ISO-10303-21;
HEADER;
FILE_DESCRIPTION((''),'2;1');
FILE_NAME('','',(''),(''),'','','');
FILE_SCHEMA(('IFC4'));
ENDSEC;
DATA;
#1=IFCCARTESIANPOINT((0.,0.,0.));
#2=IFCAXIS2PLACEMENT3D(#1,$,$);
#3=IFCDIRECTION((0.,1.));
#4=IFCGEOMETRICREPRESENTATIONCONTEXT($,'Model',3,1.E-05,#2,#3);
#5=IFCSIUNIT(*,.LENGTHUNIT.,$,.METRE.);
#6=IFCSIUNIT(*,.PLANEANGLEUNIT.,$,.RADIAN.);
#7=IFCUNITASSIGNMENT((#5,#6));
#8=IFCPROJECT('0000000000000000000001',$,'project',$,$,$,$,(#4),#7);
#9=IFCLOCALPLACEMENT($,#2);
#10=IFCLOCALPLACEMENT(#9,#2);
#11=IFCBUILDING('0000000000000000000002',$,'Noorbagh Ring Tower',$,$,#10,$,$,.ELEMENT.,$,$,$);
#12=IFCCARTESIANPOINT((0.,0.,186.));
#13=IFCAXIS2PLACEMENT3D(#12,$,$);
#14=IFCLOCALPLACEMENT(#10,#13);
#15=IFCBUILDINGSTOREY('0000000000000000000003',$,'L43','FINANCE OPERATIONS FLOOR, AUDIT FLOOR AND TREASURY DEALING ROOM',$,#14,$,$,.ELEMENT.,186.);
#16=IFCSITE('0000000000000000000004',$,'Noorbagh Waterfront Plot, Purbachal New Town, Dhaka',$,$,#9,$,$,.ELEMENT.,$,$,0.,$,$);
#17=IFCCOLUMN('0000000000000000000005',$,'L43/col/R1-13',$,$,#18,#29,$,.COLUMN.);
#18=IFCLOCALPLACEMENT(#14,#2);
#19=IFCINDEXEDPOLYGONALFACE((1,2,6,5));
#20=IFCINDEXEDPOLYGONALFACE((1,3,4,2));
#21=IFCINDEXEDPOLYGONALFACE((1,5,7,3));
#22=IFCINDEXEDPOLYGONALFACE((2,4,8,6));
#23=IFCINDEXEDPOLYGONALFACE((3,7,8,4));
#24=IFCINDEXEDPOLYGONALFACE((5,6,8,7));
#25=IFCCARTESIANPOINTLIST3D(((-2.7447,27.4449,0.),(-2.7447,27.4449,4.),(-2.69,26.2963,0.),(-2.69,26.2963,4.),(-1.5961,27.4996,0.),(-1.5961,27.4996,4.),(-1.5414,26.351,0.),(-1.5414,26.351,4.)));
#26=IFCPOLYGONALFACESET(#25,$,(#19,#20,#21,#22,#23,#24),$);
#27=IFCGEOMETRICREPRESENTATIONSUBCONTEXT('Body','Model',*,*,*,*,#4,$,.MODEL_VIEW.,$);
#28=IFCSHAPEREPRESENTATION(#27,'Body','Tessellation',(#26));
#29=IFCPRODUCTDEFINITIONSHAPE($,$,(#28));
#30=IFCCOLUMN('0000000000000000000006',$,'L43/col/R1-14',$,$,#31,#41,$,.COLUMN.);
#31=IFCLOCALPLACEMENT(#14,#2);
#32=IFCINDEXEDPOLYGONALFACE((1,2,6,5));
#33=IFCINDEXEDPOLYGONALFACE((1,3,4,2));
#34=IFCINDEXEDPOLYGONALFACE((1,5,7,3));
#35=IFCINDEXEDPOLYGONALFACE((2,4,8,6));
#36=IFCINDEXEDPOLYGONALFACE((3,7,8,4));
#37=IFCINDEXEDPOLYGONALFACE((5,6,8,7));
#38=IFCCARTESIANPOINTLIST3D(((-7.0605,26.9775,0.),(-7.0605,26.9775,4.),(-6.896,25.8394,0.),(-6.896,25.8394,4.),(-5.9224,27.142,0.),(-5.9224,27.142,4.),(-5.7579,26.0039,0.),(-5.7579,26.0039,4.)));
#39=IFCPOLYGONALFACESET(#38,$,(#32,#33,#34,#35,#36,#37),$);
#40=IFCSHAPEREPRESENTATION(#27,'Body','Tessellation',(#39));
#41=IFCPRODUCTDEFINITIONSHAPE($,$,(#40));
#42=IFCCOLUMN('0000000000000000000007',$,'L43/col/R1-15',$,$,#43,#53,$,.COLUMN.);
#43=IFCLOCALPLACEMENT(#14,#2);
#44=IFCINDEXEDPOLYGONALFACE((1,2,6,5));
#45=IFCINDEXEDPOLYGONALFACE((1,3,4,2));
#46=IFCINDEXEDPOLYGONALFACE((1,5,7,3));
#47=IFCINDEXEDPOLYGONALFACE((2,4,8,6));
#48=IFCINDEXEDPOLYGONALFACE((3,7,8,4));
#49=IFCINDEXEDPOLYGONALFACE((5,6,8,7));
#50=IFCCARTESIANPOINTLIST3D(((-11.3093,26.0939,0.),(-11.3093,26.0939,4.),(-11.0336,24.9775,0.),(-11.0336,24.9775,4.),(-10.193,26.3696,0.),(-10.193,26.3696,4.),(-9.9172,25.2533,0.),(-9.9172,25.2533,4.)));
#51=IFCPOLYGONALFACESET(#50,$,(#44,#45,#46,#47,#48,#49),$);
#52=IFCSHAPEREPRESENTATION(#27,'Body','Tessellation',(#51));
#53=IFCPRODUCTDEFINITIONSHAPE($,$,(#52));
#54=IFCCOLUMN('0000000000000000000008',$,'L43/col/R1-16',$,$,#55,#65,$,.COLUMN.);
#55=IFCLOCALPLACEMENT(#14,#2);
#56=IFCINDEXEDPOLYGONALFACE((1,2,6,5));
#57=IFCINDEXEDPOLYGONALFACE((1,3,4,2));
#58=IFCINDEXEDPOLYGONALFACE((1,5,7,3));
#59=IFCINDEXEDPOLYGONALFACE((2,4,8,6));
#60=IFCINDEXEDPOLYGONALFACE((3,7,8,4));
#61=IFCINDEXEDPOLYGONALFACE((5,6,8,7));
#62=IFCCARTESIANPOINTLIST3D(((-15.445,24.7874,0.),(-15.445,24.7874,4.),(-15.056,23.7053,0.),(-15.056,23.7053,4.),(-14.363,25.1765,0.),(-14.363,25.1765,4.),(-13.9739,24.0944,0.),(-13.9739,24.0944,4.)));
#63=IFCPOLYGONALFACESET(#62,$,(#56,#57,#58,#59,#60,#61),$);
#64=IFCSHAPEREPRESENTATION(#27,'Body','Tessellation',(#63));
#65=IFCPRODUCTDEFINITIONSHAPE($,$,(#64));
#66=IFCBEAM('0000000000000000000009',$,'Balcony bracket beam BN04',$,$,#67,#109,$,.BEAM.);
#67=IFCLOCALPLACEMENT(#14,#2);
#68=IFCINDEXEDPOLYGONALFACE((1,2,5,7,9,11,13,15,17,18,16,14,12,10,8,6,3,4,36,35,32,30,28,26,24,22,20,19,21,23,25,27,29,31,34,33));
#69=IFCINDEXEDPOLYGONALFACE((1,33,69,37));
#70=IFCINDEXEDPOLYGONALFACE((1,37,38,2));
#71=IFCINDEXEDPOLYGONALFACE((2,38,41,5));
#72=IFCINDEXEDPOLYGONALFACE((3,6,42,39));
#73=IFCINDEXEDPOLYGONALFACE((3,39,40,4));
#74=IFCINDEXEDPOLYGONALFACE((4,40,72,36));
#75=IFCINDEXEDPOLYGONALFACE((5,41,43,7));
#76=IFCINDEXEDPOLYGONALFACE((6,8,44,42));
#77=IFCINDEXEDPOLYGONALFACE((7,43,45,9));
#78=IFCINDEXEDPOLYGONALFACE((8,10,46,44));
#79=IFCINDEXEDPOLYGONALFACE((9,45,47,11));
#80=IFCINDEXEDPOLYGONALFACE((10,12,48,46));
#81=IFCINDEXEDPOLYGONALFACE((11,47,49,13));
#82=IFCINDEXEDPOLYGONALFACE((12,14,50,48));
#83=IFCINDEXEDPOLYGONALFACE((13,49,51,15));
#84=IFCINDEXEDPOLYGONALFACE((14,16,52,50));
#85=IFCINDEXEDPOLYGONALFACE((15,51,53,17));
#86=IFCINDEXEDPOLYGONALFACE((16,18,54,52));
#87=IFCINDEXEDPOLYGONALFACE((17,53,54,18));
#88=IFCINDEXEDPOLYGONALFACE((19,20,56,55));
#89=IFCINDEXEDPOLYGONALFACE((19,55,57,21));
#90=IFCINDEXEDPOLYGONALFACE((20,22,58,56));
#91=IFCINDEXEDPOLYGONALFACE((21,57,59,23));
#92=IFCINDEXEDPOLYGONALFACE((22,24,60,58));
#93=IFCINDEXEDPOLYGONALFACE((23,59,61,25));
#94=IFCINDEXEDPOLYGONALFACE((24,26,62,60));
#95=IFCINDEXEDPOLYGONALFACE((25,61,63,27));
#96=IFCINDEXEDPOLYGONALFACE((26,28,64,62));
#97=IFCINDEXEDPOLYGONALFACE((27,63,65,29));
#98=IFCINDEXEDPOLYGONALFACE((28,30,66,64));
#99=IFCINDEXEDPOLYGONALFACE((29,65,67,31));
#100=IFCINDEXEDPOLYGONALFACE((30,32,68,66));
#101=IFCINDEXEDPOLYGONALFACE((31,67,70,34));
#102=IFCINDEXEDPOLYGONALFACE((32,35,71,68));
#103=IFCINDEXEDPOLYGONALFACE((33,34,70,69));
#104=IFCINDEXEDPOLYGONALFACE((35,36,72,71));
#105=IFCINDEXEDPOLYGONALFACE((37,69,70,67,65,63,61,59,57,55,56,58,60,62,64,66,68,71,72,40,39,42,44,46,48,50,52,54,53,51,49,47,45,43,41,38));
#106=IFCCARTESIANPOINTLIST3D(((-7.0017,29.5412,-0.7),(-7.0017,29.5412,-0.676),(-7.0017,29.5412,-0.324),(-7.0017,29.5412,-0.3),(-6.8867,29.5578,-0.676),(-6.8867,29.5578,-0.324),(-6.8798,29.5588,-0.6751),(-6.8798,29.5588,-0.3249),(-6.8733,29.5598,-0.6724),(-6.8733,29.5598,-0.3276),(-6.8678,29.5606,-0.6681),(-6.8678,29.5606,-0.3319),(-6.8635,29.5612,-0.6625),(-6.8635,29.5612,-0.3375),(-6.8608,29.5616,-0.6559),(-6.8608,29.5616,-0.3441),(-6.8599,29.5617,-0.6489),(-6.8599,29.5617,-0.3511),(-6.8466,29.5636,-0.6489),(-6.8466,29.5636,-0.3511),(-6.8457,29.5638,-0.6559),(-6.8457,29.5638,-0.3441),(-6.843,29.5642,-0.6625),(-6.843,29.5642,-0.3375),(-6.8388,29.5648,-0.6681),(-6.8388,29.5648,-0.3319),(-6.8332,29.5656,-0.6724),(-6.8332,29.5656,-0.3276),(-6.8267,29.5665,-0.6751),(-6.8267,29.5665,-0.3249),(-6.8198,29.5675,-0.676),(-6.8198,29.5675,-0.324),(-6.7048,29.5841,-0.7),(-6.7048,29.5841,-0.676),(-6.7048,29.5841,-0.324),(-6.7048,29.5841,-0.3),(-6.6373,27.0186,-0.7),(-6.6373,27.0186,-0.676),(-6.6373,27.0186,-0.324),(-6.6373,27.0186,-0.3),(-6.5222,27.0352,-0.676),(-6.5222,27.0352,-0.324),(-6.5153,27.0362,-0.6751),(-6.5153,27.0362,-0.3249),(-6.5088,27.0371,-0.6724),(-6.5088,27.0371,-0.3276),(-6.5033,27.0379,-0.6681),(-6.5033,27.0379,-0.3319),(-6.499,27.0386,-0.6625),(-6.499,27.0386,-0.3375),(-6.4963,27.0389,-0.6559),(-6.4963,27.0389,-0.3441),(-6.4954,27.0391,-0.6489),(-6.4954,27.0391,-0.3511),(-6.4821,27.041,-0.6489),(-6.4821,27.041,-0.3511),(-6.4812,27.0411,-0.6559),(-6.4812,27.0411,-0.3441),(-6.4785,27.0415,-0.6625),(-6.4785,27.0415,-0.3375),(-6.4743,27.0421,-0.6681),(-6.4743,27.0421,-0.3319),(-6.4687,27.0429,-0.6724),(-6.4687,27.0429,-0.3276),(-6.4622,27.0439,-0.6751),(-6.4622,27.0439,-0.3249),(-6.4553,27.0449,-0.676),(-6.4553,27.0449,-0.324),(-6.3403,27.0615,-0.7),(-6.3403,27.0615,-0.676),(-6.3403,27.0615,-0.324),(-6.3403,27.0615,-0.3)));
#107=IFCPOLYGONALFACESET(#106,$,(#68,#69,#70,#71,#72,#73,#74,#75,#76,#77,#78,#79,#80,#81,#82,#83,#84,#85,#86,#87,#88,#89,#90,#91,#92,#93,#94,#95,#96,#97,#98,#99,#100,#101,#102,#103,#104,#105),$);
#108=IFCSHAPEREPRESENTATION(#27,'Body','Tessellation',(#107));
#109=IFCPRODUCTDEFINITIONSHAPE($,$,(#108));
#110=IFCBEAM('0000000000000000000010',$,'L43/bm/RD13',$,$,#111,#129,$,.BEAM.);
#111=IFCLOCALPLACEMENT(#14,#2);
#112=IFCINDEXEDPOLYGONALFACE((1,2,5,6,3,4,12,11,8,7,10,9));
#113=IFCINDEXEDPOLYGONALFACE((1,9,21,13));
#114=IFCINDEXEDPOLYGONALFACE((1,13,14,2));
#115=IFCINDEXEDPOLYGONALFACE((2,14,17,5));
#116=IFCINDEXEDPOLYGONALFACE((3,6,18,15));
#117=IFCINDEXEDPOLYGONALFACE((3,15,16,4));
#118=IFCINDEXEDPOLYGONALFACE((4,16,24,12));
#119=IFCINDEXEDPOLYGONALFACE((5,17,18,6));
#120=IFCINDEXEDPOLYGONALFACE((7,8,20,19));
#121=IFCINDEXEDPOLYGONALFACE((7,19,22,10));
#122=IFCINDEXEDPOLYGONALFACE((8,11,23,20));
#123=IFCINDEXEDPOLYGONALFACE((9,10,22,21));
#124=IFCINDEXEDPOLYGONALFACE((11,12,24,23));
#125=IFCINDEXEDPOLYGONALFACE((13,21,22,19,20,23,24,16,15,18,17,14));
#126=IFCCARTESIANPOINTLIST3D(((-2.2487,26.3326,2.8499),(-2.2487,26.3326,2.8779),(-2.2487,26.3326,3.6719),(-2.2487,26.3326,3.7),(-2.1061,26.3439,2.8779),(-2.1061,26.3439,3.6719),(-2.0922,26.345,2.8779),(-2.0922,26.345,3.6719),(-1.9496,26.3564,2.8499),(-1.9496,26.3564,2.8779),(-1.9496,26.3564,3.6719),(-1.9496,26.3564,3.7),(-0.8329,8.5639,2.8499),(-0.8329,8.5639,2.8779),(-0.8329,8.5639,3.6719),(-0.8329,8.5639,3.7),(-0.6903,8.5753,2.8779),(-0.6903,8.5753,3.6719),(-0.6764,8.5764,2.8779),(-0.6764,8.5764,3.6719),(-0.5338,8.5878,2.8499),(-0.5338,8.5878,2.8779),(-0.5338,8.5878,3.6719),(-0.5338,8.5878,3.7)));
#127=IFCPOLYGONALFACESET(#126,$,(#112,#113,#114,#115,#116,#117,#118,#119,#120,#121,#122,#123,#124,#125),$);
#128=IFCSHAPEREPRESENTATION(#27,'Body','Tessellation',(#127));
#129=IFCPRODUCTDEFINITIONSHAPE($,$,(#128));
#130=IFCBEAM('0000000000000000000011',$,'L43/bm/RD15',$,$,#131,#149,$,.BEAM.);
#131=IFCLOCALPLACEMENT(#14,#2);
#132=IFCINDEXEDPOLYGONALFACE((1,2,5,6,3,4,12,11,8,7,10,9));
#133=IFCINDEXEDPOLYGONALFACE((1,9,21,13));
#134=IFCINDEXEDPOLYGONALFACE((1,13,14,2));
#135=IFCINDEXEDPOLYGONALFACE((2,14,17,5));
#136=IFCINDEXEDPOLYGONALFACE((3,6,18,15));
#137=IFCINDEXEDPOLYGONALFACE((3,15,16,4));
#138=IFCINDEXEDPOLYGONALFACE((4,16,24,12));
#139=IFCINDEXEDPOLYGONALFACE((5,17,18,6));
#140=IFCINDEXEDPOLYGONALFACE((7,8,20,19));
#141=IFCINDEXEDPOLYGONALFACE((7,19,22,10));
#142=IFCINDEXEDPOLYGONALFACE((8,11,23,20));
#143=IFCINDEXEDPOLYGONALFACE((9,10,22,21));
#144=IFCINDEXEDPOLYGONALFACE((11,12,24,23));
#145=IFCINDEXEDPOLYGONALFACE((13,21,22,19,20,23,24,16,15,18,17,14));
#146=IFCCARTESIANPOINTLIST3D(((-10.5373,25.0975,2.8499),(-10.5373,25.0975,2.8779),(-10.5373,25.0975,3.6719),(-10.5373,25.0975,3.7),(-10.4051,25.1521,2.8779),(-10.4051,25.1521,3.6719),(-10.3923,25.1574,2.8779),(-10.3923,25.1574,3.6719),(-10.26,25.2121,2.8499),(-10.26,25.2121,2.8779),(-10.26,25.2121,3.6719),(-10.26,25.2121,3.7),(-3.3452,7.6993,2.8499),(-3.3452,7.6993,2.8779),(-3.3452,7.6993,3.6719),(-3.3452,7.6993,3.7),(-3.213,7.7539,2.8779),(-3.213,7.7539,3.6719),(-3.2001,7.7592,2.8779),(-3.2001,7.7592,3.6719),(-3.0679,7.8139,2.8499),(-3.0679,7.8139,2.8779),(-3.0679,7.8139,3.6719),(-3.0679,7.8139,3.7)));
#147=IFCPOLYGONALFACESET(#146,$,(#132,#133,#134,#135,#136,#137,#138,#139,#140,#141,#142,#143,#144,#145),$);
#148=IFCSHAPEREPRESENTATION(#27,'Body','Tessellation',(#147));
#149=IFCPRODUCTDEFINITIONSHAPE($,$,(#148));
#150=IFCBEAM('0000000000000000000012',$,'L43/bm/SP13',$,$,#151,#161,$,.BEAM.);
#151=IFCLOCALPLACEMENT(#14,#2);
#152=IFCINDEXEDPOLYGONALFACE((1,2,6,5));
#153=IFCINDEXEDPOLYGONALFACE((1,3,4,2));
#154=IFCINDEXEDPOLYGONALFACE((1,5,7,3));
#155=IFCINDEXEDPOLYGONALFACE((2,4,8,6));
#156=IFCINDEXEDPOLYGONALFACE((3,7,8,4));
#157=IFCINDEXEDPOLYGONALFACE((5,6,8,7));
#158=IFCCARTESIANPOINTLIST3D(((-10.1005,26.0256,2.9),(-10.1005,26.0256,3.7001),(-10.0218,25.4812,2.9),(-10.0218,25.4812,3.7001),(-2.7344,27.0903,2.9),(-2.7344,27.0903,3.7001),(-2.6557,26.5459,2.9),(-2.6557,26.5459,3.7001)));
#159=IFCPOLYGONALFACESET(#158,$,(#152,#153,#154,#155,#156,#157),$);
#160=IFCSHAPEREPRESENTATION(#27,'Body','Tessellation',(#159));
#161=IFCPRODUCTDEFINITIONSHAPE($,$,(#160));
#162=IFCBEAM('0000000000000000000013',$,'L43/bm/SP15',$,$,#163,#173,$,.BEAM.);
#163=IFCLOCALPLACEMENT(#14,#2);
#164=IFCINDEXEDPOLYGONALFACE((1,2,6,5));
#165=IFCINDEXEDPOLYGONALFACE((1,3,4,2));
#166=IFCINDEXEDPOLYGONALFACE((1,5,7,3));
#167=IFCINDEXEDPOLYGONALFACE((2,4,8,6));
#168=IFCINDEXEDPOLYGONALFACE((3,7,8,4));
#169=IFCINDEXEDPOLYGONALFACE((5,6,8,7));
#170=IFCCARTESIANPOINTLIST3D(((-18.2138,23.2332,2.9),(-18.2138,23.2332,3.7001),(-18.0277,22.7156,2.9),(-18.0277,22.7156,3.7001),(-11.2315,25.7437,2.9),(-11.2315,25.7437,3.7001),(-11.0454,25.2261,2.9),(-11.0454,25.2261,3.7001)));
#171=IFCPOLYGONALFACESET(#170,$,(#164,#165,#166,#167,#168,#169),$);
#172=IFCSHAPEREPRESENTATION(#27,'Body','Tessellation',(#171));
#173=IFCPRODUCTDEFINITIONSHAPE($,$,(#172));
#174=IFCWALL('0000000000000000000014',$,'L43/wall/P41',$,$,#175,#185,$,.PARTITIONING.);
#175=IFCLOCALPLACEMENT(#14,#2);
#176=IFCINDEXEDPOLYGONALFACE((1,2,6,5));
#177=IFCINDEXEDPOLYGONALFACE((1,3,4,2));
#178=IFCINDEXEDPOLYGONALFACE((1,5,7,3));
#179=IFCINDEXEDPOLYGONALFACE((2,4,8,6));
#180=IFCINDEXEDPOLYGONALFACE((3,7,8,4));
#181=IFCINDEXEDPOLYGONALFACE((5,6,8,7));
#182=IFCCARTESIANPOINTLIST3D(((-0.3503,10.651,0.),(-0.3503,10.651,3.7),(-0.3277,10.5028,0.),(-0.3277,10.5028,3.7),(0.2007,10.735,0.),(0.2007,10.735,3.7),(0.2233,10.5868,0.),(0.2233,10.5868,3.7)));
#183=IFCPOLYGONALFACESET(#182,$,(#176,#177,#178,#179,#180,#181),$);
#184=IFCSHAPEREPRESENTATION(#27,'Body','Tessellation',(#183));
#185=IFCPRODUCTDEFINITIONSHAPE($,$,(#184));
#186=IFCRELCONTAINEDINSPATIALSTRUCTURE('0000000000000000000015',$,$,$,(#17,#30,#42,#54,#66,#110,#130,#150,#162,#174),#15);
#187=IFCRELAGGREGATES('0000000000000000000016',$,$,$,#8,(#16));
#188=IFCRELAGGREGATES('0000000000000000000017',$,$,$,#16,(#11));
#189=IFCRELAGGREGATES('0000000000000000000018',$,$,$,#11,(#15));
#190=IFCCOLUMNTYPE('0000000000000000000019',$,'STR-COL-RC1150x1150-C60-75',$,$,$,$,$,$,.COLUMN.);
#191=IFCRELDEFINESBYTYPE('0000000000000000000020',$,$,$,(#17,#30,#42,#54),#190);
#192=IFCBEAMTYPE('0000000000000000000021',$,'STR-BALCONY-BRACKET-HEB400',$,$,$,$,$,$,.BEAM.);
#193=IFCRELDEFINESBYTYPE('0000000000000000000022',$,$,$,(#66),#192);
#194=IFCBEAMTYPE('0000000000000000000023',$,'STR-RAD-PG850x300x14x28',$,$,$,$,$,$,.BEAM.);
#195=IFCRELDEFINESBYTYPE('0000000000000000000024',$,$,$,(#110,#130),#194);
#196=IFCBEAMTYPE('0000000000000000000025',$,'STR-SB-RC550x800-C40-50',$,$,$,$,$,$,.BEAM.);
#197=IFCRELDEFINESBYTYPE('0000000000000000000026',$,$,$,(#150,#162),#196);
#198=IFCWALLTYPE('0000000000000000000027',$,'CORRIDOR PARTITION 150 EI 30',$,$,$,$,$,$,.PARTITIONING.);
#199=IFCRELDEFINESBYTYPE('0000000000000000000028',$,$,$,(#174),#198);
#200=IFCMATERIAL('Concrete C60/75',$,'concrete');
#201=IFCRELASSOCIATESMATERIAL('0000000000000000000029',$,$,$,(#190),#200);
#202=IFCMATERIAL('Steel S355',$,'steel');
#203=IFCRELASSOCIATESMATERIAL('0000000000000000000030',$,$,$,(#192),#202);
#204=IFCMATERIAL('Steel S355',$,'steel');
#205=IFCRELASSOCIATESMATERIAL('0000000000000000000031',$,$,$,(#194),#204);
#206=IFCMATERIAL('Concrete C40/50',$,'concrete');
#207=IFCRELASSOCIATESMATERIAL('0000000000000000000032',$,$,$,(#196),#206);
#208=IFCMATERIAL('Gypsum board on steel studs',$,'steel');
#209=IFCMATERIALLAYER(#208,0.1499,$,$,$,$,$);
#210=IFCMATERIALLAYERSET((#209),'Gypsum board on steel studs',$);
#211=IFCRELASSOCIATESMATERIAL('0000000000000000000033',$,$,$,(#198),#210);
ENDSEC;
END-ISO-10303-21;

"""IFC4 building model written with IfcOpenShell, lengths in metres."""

from ifc_helpers import new_model, si_unit, direction, frame, frame_2d, origin, origin_2d, place, context, subcontext, project, spatial, rectangle, i_section, extrude, material, layer, layer_set, material_profile, profile_set, type_object, element, save


model = new_model("IFC4")

# Units and contexts
model_context = context("Model", 3, precision=1e-05, world=origin(), true_north=direction((0.0, 1.0)))
body_context = subcontext(model_context, "Body", "Model", "MODEL_VIEW")
ifc_project = project(units=[si_unit("LENGTHUNIT", "METRE"), si_unit("PLANEANGLEUNIT", "RADIAN")], contexts=[model_context])

# Site, building, storey
site_placement = place(None, origin())
site = spatial("IfcSite", under=ifc_project, at=site_placement, Name="Noorbagh Waterfront Plot, Purbachal New Town, Dhaka", CompositionType="ELEMENT", RefElevation=0.0)
building_placement = place(site_placement, origin())
building = spatial("IfcBuilding", under=site, at=building_placement, Name="Noorbagh Ring Tower", CompositionType="ELEMENT")
storey_placement = place(building_placement, frame((0.0, 0.0, 186.0)))
storey = spatial("IfcBuildingStorey", under=building, at=storey_placement, Name="L43", Description="FINANCE OPERATIONS FLOOR, AUDIT FLOOR AND TREASURY DEALING ROOM", CompositionType="ELEMENT", Elevation=186.0)

# Columns
ifc_material_1 = material(Name="Concrete C60/75", Category="concrete")
ifc_material_profile_1 = material_profile(ifc_material_1, rectangle(XDim=1.1499, YDim=1.1499, at=origin_2d()), Name="RC1150x1150")
ifc_profile_set_1 = profile_set([ifc_material_profile_1], Name="Concrete C60/75")
column_type = type_object("IfcColumnType", Name="STR-COL-RC1150x1150-C60-75", PredefinedType="COLUMN", material=ifc_profile_set_1)
for number, where, z_axis, x_axis, name in (
    (1, (-2.1431, 26.8979, 0.0), (0.0, 0.0, 1.0), (-0.998869, -0.047553, 0.0), "L43/col/R1-13"),
    (2, (-6.4092, 26.4907, 0.0), (0.0, 0.0, 1.0), (-0.989713, -0.143066, 0.0), "L43/col/R1-14"),
    (3, (-10.6133, 25.6736, 0.0), (0.0, 0.0, 1.0), (-0.970829, -0.239771, 0.0), "L43/col/R1-15"),
    (4, (-14.7095, 24.4409, 0.0), (0.0, 0.0, 1.0), (-0.941025, -0.338338, 0.0), "L43/col/R1-16"),
):
    element("IfcColumn", number, at=place(storey_placement, frame(where, z_axis=z_axis, x_axis=x_axis)), inside=storey, type_object=column_type, Name=name, PredefinedType="COLUMN", context=body_context, shape_type="SweptSolid", body=[
        extrude(rectangle(XDim=1.1499, YDim=1.1499, at=origin_2d()), origin(), (0.0, 0.0, 1.0), 4.0),
    ])

# Beams
ifc_material_2 = material(Name="Steel S355", Category="steel")
ifc_material_profile_2 = material_profile(ifc_material_2, i_section(OverallWidth=0.3, OverallDepth=0.3999, WebThickness=0.0134, FlangeThickness=0.0239, FilletRadius=0.0271, at=origin_2d()), Name="HEB400")
ifc_profile_set_2 = profile_set([ifc_material_profile_2], Name="Steel S355")
beam_type_1 = type_object("IfcBeamType", Name="STR-BALCONY-BRACKET-HEB400", PredefinedType="BEAM", material=ifc_profile_set_2)
beam_1_placement = place(storey_placement, frame((-6.4888, 27.04, -0.5), z_axis=(-0.143004, 0.989722, 0.0), x_axis=(-0.989722, -0.143004, 0.0)))
element("IfcBeam", 5, at=beam_1_placement, inside=storey, type_object=beam_type_1, Name="Balcony bracket beam BN04", PredefinedType="BEAM", context=body_context, shape_type="SweptSolid", body=[
    extrude(i_section(OverallWidth=0.3, OverallDepth=0.3999, WebThickness=0.0134, FlangeThickness=0.0239, FilletRadius=0.0271, at=origin_2d()), origin(), (0.0, 0.0, 1.0), 2.5488),
])
ifc_material_3 = material(Name="Steel S355", Category="steel")
ifc_material_profile_3 = material_profile(ifc_material_3, i_section(OverallWidth=0.3, OverallDepth=0.8501, WebThickness=0.0139, FlangeThickness=0.0281, at=origin_2d()), Name="PG850x300x14x28")
ifc_profile_set_3 = profile_set([ifc_material_profile_3], Name="Steel S355")
beam_type_2 = type_object("IfcBeamType", Name="STR-RAD-PG850x300x14x28", PredefinedType="BEAM", material=ifc_profile_set_3)
beam_2_placement = place(storey_placement, frame((-2.0991, 26.3445, 3.2749), z_axis=(0.079427, -0.996841, 0.0), x_axis=(0.996841, 0.079427, 0.0)))
element("IfcBeam", 6, at=beam_2_placement, inside=storey, type_object=beam_type_2, Name="L43/bm/RD13", PredefinedType="BEAM", context=body_context, shape_type="SweptSolid", body=[
    extrude(i_section(OverallWidth=0.3, OverallDepth=0.8501, WebThickness=0.0139, FlangeThickness=0.0281, at=origin_2d()), origin(), (0.0, 0.0, 1.0), 17.825),
])
beam_3_placement = place(storey_placement, frame((-10.3987, 25.1548, 3.2749), z_axis=(0.382029, -0.92415, 0.0), x_axis=(0.92415, 0.382029, 0.0)))
element("IfcBeam", 7, at=beam_3_placement, inside=storey, type_object=beam_type_2, Name="L43/bm/RD15", PredefinedType="BEAM", context=body_context, shape_type="SweptSolid", body=[
    extrude(i_section(OverallWidth=0.3, OverallDepth=0.8501, WebThickness=0.0139, FlangeThickness=0.0281, at=origin_2d()), origin(), (0.0, 0.0, 1.0), 18.8262),
])
ifc_material_4 = material(Name="Concrete C40/50", Category="concrete")
ifc_material_profile_4 = material_profile(ifc_material_4, rectangle(XDim=0.55, YDim=0.8, at=origin_2d()), Name="RC550x800")
ifc_profile_set_4 = profile_set([ifc_material_profile_4], Name="Concrete C40/50")
beam_type_3 = type_object("IfcBeamType", Name="STR-SB-RC550x800-C40-50", PredefinedType="BEAM", material=ifc_profile_set_4)
beam_4_placement = place(storey_placement, frame((-2.6951, 26.8181, 3.3), z_axis=(-0.989715, -0.143056, 0.0), x_axis=(0.143056, -0.989715, 0.0)))
element("IfcBeam", 8, at=beam_4_placement, inside=storey, type_object=beam_type_3, Name="L43/bm/SP13", PredefinedType="BEAM", context=body_context, shape_type="SweptSolid", body=[
    extrude(rectangle(XDim=0.55, YDim=0.8, at=origin_2d()), origin(), (0.0, 0.0, 1.0), 7.4426),
])
beam_5_placement = place(storey_placement, frame((-11.1384, 25.4849, 3.3), z_axis=(-0.941024, -0.338341, 0.0), x_axis=(0.338341, -0.941024, 0.0)))
element("IfcBeam", 9, at=beam_5_placement, inside=storey, type_object=beam_type_3, Name="L43/bm/SP15", PredefinedType="BEAM", context=body_context, shape_type="SweptSolid", body=[
    extrude(rectangle(XDim=0.55, YDim=0.8, at=origin_2d()), origin(), (0.0, 0.0, 1.0), 7.4199),
])

# Wall
ifc_material_5 = material(Name="Gypsum board on steel studs", Category="steel")
ifc_layer_1 = layer(ifc_material_5, 0.1499)
ifc_layer_set_1 = layer_set([ifc_layer_1], Name="Gypsum board on steel studs")
wall_type_1 = type_object("IfcWallType", Name="CORRIDOR PARTITION 150 EI 30", PredefinedType="PARTITIONING", material=ifc_layer_set_1)
wall_1_placement = place(storey_placement, frame((-0.3391, 10.5769, 0.0), z_axis=(0.0, 0.0, 1.0), x_axis=(0.988583, 0.150675, 0.0)))
element("IfcWall", 10, at=wall_1_placement, inside=storey, type_object=wall_type_1, Name="L43/wall/P41", PredefinedType="PARTITIONING", context=body_context, shape_type="SweptSolid", body=[
    extrude(rectangle(XDim=0.5574, YDim=0.1499, at=frame_2d((0.2788, 0.0))), origin(), (0.0, 0.0, 1.0), 3.7),
])

save(model, "model.ifc")
